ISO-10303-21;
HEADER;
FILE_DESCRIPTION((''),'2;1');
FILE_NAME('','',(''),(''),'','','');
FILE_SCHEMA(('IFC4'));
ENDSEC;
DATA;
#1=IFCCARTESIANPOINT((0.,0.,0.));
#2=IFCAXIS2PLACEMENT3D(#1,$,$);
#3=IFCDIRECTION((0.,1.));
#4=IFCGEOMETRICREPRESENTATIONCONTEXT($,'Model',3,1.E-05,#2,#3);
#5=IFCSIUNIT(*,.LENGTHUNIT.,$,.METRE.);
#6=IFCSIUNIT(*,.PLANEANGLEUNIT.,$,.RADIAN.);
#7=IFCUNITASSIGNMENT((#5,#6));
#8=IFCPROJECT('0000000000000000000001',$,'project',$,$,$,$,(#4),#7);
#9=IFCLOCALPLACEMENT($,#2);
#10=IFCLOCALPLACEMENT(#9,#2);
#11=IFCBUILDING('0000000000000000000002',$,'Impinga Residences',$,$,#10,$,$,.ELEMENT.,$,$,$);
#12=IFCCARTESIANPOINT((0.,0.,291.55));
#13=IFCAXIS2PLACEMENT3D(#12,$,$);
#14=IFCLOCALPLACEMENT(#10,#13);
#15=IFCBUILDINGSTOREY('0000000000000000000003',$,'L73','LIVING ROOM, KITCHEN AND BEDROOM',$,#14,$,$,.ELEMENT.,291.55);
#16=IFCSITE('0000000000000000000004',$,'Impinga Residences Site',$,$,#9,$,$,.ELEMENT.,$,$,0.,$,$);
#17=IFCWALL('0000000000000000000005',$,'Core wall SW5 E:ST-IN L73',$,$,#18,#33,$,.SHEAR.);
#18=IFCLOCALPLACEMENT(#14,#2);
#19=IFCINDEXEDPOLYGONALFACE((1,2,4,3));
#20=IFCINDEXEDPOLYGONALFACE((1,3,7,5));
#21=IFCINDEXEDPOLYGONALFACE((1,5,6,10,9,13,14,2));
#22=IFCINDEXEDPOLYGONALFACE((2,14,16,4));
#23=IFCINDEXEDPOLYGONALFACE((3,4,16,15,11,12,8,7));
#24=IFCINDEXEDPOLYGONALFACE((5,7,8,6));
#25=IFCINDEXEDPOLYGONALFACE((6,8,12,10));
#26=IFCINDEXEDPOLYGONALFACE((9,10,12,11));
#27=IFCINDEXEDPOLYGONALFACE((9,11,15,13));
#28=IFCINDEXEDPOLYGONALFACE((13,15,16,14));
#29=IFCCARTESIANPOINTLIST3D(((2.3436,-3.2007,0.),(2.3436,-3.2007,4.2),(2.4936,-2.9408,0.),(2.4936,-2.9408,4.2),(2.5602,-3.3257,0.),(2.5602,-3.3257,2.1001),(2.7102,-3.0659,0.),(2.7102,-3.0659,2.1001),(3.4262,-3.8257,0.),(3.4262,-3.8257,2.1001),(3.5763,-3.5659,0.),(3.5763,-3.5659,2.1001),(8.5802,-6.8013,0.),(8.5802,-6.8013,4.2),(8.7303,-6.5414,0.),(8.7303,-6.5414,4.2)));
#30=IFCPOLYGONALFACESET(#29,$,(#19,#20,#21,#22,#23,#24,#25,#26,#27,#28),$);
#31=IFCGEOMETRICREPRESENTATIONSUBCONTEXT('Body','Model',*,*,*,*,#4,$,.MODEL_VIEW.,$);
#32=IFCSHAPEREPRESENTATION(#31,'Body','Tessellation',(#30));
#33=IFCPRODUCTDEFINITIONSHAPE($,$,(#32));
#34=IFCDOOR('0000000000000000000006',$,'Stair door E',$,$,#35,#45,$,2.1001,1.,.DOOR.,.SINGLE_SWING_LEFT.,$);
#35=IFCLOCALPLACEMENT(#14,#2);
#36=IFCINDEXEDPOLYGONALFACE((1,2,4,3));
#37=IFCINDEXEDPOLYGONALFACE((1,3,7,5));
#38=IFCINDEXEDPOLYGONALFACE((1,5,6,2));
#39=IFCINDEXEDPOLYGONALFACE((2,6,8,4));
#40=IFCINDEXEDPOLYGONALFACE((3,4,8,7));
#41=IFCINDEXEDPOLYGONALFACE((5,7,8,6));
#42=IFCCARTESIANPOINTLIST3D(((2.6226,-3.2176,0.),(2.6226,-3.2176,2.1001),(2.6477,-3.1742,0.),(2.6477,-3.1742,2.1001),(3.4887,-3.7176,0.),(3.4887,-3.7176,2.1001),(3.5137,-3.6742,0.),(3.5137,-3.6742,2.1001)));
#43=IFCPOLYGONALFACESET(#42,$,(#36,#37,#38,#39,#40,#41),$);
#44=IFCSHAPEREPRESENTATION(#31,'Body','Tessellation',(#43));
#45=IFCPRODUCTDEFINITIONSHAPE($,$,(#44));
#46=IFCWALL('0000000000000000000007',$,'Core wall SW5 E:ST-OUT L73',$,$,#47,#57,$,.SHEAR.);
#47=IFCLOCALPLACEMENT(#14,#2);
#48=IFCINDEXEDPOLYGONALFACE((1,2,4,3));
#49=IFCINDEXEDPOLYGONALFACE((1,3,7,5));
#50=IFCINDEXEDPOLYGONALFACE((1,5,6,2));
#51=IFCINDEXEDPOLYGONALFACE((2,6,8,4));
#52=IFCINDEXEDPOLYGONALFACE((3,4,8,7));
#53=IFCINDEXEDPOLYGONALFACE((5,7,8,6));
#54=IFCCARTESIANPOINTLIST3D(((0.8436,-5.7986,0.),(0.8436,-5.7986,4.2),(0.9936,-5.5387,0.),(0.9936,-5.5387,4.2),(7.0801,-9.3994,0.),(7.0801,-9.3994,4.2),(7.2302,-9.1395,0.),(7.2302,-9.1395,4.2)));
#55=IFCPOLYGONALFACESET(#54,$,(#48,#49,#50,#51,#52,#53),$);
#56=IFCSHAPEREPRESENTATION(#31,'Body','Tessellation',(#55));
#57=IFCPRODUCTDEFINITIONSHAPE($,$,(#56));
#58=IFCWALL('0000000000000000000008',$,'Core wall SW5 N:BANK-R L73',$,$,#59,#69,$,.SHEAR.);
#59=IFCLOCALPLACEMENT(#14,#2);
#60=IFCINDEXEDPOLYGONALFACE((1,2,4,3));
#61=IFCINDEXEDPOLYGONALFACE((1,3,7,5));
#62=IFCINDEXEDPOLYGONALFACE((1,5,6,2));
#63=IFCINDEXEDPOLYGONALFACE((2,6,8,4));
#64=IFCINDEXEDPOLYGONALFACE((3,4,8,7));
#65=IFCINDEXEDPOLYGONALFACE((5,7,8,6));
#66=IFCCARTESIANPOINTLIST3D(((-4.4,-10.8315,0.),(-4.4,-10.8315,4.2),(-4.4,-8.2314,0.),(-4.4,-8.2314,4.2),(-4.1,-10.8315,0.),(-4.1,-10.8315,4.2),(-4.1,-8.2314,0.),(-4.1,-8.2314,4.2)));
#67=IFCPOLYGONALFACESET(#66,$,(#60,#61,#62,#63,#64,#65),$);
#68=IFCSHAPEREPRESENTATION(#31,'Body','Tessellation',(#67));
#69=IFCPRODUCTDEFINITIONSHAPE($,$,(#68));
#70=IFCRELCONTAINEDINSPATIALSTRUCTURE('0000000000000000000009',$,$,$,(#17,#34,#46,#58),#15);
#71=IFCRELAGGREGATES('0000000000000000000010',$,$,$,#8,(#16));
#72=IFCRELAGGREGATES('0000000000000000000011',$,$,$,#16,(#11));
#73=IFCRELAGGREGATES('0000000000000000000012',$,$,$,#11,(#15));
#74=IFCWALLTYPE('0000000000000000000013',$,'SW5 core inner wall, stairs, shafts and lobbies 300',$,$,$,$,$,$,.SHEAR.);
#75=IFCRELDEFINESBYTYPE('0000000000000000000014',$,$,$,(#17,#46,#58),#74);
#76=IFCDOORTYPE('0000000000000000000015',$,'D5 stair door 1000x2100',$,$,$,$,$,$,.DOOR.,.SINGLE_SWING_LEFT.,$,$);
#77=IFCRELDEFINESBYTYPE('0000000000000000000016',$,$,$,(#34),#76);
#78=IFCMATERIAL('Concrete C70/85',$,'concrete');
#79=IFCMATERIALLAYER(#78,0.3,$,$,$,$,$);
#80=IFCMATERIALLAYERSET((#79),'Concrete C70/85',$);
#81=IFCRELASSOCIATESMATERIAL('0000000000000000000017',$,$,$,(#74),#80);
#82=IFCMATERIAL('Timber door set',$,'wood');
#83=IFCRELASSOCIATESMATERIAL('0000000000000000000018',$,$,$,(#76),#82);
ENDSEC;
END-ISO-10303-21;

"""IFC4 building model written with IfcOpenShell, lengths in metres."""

from ifc_helpers import new_model, si_unit, direction, frame, frame_2d, origin, place, context, subcontext, project, spatial, rectangle, extrude, material, layer, layer_set, type_object, element, fill, save


model = new_model("IFC4")

# Units and contexts
model_context = context("Model", 3, precision=1e-05, world=origin(), true_north=direction((0.0, 1.0)))
body_context = subcontext(model_context, "Body", "Model", "MODEL_VIEW")
ifc_project = project(units=[si_unit("LENGTHUNIT", "METRE"), si_unit("PLANEANGLEUNIT", "RADIAN")], contexts=[model_context])

# Site, building, storey
site_placement = place(None, origin())
site = spatial("IfcSite", under=ifc_project, at=site_placement, Name="Impinga Residences Site", CompositionType="ELEMENT", RefElevation=0.0)
building_placement = place(site_placement, origin())
building = spatial("IfcBuilding", under=site, at=building_placement, Name="Impinga Residences", CompositionType="ELEMENT")
storey_placement = place(building_placement, frame((0.0, 0.0, 291.55)))
storey = spatial("IfcBuildingStorey", under=building, at=storey_placement, Name="L73", Description="LIVING ROOM, KITCHEN AND BEDROOM", CompositionType="ELEMENT", Elevation=291.55)

# Shared definitions
ifc_material_1 = material(Name="Timber door set", Category="wood")

# Shared definitions
ifc_material_2 = material(Name="Concrete C70/85", Category="concrete")
ifc_layer_1 = layer(ifc_material_2, 0.3)
ifc_layer_set_1 = layer_set([ifc_layer_1], Name="Concrete C70/85")
wall_type_1 = type_object("IfcWallType", Name="SW5 core inner wall, stairs, shafts and lobbies 300", PredefinedType="SHEAR", material=ifc_layer_set_1)

# Shared definitions
door_type_1 = type_object("IfcDoorType", Name="D5 stair door 1000x2100", OperationType="SINGLE_SWING_LEFT", PredefinedType="DOOR", material=ifc_material_1)

# Wall, opening, door
wall_1_placement = place(storey_placement, frame((2.4187, -3.0708, 0.0), z_axis=(0.0, 0.0, 1.0), x_axis=(0.866031, -0.49999, 0.0)))
wall_1 = element("IfcWall", 1, at=wall_1_placement, inside=storey, type_object=wall_type_1, Name="Core wall SW5 E:ST-IN L73", PredefinedType="SHEAR", context=body_context, shape_type="SweptSolid", body=[
    extrude(rectangle(XDim=7.2014, YDim=0.3, at=frame_2d((3.6006, 0.0))), origin(), (0.0, 0.0, 1.0), 4.2),
])
opening_1_placement = place(wall_1_placement, frame((0.25, 0.0, 0.0)))
opening_1 = element("IfcOpeningElement", 2, at=opening_1_placement, cuts=wall_1, PredefinedType="OPENING", context=body_context, shape_type="SweptSolid", body=[
    extrude(rectangle(XDim=1.0, YDim=2.1001, at=frame_2d((0.5, 1.05))), frame((0.0, 0.1599, 0.0), z_axis=(0.0, -1.0, 0.0), x_axis=(1.0, 0.0, 0.0)), (0.0, 0.0, 1.0), 0.3201),
])
door_1_placement = place(opening_1_placement, origin())
door_1 = element("IfcDoor", 3, at=door_1_placement, inside=storey, type_object=door_type_1, Name="Stair door E", OperationType="SINGLE_SWING_LEFT", OverallHeight=2.1001, OverallWidth=1.0, PredefinedType="DOOR", context=body_context, shape_type="SweptSolid", body=[
    extrude(rectangle(XDim=1.0, YDim=2.1001, at=frame_2d((0.5, 1.05))), frame((0.0, 0.0249, 0.0), z_axis=(0.0, -1.0, 0.0), x_axis=(1.0, 0.0, 0.0)), (0.0, 0.0, 1.0), 0.05),
])
fill(opening_1, door_1)

# Walls
wall_2_placement = place(storey_placement, frame((0.9187, -5.6687, 0.0), z_axis=(0.0, 0.0, 1.0), x_axis=(0.866017, -0.500015, 0.0)))
element("IfcWall", 4, at=wall_2_placement, inside=storey, type_object=wall_type_1, Name="Core wall SW5 E:ST-OUT L73", PredefinedType="SHEAR", context=body_context, shape_type="SweptSolid", body=[
    extrude(rectangle(XDim=7.2014, YDim=0.3, at=frame_2d((3.6006, 0.0))), origin(), (0.0, 0.0, 1.0), 4.2),
])
wall_3_placement = place(storey_placement, frame((-4.25, -8.2314, 0.0), z_axis=(0.0, 0.0, 1.0), x_axis=(0.0, -1.0, 0.0)))
element("IfcWall", 5, at=wall_3_placement, inside=storey, type_object=wall_type_1, Name="Core wall SW5 N:BANK-R L73", PredefinedType="SHEAR", context=body_context, shape_type="SweptSolid", body=[
    extrude(rectangle(XDim=2.6001, YDim=0.3, at=frame_2d((1.3, 0.0))), origin(), (0.0, 0.0, 1.0), 4.2),
])

save(model, "model.ifc")
